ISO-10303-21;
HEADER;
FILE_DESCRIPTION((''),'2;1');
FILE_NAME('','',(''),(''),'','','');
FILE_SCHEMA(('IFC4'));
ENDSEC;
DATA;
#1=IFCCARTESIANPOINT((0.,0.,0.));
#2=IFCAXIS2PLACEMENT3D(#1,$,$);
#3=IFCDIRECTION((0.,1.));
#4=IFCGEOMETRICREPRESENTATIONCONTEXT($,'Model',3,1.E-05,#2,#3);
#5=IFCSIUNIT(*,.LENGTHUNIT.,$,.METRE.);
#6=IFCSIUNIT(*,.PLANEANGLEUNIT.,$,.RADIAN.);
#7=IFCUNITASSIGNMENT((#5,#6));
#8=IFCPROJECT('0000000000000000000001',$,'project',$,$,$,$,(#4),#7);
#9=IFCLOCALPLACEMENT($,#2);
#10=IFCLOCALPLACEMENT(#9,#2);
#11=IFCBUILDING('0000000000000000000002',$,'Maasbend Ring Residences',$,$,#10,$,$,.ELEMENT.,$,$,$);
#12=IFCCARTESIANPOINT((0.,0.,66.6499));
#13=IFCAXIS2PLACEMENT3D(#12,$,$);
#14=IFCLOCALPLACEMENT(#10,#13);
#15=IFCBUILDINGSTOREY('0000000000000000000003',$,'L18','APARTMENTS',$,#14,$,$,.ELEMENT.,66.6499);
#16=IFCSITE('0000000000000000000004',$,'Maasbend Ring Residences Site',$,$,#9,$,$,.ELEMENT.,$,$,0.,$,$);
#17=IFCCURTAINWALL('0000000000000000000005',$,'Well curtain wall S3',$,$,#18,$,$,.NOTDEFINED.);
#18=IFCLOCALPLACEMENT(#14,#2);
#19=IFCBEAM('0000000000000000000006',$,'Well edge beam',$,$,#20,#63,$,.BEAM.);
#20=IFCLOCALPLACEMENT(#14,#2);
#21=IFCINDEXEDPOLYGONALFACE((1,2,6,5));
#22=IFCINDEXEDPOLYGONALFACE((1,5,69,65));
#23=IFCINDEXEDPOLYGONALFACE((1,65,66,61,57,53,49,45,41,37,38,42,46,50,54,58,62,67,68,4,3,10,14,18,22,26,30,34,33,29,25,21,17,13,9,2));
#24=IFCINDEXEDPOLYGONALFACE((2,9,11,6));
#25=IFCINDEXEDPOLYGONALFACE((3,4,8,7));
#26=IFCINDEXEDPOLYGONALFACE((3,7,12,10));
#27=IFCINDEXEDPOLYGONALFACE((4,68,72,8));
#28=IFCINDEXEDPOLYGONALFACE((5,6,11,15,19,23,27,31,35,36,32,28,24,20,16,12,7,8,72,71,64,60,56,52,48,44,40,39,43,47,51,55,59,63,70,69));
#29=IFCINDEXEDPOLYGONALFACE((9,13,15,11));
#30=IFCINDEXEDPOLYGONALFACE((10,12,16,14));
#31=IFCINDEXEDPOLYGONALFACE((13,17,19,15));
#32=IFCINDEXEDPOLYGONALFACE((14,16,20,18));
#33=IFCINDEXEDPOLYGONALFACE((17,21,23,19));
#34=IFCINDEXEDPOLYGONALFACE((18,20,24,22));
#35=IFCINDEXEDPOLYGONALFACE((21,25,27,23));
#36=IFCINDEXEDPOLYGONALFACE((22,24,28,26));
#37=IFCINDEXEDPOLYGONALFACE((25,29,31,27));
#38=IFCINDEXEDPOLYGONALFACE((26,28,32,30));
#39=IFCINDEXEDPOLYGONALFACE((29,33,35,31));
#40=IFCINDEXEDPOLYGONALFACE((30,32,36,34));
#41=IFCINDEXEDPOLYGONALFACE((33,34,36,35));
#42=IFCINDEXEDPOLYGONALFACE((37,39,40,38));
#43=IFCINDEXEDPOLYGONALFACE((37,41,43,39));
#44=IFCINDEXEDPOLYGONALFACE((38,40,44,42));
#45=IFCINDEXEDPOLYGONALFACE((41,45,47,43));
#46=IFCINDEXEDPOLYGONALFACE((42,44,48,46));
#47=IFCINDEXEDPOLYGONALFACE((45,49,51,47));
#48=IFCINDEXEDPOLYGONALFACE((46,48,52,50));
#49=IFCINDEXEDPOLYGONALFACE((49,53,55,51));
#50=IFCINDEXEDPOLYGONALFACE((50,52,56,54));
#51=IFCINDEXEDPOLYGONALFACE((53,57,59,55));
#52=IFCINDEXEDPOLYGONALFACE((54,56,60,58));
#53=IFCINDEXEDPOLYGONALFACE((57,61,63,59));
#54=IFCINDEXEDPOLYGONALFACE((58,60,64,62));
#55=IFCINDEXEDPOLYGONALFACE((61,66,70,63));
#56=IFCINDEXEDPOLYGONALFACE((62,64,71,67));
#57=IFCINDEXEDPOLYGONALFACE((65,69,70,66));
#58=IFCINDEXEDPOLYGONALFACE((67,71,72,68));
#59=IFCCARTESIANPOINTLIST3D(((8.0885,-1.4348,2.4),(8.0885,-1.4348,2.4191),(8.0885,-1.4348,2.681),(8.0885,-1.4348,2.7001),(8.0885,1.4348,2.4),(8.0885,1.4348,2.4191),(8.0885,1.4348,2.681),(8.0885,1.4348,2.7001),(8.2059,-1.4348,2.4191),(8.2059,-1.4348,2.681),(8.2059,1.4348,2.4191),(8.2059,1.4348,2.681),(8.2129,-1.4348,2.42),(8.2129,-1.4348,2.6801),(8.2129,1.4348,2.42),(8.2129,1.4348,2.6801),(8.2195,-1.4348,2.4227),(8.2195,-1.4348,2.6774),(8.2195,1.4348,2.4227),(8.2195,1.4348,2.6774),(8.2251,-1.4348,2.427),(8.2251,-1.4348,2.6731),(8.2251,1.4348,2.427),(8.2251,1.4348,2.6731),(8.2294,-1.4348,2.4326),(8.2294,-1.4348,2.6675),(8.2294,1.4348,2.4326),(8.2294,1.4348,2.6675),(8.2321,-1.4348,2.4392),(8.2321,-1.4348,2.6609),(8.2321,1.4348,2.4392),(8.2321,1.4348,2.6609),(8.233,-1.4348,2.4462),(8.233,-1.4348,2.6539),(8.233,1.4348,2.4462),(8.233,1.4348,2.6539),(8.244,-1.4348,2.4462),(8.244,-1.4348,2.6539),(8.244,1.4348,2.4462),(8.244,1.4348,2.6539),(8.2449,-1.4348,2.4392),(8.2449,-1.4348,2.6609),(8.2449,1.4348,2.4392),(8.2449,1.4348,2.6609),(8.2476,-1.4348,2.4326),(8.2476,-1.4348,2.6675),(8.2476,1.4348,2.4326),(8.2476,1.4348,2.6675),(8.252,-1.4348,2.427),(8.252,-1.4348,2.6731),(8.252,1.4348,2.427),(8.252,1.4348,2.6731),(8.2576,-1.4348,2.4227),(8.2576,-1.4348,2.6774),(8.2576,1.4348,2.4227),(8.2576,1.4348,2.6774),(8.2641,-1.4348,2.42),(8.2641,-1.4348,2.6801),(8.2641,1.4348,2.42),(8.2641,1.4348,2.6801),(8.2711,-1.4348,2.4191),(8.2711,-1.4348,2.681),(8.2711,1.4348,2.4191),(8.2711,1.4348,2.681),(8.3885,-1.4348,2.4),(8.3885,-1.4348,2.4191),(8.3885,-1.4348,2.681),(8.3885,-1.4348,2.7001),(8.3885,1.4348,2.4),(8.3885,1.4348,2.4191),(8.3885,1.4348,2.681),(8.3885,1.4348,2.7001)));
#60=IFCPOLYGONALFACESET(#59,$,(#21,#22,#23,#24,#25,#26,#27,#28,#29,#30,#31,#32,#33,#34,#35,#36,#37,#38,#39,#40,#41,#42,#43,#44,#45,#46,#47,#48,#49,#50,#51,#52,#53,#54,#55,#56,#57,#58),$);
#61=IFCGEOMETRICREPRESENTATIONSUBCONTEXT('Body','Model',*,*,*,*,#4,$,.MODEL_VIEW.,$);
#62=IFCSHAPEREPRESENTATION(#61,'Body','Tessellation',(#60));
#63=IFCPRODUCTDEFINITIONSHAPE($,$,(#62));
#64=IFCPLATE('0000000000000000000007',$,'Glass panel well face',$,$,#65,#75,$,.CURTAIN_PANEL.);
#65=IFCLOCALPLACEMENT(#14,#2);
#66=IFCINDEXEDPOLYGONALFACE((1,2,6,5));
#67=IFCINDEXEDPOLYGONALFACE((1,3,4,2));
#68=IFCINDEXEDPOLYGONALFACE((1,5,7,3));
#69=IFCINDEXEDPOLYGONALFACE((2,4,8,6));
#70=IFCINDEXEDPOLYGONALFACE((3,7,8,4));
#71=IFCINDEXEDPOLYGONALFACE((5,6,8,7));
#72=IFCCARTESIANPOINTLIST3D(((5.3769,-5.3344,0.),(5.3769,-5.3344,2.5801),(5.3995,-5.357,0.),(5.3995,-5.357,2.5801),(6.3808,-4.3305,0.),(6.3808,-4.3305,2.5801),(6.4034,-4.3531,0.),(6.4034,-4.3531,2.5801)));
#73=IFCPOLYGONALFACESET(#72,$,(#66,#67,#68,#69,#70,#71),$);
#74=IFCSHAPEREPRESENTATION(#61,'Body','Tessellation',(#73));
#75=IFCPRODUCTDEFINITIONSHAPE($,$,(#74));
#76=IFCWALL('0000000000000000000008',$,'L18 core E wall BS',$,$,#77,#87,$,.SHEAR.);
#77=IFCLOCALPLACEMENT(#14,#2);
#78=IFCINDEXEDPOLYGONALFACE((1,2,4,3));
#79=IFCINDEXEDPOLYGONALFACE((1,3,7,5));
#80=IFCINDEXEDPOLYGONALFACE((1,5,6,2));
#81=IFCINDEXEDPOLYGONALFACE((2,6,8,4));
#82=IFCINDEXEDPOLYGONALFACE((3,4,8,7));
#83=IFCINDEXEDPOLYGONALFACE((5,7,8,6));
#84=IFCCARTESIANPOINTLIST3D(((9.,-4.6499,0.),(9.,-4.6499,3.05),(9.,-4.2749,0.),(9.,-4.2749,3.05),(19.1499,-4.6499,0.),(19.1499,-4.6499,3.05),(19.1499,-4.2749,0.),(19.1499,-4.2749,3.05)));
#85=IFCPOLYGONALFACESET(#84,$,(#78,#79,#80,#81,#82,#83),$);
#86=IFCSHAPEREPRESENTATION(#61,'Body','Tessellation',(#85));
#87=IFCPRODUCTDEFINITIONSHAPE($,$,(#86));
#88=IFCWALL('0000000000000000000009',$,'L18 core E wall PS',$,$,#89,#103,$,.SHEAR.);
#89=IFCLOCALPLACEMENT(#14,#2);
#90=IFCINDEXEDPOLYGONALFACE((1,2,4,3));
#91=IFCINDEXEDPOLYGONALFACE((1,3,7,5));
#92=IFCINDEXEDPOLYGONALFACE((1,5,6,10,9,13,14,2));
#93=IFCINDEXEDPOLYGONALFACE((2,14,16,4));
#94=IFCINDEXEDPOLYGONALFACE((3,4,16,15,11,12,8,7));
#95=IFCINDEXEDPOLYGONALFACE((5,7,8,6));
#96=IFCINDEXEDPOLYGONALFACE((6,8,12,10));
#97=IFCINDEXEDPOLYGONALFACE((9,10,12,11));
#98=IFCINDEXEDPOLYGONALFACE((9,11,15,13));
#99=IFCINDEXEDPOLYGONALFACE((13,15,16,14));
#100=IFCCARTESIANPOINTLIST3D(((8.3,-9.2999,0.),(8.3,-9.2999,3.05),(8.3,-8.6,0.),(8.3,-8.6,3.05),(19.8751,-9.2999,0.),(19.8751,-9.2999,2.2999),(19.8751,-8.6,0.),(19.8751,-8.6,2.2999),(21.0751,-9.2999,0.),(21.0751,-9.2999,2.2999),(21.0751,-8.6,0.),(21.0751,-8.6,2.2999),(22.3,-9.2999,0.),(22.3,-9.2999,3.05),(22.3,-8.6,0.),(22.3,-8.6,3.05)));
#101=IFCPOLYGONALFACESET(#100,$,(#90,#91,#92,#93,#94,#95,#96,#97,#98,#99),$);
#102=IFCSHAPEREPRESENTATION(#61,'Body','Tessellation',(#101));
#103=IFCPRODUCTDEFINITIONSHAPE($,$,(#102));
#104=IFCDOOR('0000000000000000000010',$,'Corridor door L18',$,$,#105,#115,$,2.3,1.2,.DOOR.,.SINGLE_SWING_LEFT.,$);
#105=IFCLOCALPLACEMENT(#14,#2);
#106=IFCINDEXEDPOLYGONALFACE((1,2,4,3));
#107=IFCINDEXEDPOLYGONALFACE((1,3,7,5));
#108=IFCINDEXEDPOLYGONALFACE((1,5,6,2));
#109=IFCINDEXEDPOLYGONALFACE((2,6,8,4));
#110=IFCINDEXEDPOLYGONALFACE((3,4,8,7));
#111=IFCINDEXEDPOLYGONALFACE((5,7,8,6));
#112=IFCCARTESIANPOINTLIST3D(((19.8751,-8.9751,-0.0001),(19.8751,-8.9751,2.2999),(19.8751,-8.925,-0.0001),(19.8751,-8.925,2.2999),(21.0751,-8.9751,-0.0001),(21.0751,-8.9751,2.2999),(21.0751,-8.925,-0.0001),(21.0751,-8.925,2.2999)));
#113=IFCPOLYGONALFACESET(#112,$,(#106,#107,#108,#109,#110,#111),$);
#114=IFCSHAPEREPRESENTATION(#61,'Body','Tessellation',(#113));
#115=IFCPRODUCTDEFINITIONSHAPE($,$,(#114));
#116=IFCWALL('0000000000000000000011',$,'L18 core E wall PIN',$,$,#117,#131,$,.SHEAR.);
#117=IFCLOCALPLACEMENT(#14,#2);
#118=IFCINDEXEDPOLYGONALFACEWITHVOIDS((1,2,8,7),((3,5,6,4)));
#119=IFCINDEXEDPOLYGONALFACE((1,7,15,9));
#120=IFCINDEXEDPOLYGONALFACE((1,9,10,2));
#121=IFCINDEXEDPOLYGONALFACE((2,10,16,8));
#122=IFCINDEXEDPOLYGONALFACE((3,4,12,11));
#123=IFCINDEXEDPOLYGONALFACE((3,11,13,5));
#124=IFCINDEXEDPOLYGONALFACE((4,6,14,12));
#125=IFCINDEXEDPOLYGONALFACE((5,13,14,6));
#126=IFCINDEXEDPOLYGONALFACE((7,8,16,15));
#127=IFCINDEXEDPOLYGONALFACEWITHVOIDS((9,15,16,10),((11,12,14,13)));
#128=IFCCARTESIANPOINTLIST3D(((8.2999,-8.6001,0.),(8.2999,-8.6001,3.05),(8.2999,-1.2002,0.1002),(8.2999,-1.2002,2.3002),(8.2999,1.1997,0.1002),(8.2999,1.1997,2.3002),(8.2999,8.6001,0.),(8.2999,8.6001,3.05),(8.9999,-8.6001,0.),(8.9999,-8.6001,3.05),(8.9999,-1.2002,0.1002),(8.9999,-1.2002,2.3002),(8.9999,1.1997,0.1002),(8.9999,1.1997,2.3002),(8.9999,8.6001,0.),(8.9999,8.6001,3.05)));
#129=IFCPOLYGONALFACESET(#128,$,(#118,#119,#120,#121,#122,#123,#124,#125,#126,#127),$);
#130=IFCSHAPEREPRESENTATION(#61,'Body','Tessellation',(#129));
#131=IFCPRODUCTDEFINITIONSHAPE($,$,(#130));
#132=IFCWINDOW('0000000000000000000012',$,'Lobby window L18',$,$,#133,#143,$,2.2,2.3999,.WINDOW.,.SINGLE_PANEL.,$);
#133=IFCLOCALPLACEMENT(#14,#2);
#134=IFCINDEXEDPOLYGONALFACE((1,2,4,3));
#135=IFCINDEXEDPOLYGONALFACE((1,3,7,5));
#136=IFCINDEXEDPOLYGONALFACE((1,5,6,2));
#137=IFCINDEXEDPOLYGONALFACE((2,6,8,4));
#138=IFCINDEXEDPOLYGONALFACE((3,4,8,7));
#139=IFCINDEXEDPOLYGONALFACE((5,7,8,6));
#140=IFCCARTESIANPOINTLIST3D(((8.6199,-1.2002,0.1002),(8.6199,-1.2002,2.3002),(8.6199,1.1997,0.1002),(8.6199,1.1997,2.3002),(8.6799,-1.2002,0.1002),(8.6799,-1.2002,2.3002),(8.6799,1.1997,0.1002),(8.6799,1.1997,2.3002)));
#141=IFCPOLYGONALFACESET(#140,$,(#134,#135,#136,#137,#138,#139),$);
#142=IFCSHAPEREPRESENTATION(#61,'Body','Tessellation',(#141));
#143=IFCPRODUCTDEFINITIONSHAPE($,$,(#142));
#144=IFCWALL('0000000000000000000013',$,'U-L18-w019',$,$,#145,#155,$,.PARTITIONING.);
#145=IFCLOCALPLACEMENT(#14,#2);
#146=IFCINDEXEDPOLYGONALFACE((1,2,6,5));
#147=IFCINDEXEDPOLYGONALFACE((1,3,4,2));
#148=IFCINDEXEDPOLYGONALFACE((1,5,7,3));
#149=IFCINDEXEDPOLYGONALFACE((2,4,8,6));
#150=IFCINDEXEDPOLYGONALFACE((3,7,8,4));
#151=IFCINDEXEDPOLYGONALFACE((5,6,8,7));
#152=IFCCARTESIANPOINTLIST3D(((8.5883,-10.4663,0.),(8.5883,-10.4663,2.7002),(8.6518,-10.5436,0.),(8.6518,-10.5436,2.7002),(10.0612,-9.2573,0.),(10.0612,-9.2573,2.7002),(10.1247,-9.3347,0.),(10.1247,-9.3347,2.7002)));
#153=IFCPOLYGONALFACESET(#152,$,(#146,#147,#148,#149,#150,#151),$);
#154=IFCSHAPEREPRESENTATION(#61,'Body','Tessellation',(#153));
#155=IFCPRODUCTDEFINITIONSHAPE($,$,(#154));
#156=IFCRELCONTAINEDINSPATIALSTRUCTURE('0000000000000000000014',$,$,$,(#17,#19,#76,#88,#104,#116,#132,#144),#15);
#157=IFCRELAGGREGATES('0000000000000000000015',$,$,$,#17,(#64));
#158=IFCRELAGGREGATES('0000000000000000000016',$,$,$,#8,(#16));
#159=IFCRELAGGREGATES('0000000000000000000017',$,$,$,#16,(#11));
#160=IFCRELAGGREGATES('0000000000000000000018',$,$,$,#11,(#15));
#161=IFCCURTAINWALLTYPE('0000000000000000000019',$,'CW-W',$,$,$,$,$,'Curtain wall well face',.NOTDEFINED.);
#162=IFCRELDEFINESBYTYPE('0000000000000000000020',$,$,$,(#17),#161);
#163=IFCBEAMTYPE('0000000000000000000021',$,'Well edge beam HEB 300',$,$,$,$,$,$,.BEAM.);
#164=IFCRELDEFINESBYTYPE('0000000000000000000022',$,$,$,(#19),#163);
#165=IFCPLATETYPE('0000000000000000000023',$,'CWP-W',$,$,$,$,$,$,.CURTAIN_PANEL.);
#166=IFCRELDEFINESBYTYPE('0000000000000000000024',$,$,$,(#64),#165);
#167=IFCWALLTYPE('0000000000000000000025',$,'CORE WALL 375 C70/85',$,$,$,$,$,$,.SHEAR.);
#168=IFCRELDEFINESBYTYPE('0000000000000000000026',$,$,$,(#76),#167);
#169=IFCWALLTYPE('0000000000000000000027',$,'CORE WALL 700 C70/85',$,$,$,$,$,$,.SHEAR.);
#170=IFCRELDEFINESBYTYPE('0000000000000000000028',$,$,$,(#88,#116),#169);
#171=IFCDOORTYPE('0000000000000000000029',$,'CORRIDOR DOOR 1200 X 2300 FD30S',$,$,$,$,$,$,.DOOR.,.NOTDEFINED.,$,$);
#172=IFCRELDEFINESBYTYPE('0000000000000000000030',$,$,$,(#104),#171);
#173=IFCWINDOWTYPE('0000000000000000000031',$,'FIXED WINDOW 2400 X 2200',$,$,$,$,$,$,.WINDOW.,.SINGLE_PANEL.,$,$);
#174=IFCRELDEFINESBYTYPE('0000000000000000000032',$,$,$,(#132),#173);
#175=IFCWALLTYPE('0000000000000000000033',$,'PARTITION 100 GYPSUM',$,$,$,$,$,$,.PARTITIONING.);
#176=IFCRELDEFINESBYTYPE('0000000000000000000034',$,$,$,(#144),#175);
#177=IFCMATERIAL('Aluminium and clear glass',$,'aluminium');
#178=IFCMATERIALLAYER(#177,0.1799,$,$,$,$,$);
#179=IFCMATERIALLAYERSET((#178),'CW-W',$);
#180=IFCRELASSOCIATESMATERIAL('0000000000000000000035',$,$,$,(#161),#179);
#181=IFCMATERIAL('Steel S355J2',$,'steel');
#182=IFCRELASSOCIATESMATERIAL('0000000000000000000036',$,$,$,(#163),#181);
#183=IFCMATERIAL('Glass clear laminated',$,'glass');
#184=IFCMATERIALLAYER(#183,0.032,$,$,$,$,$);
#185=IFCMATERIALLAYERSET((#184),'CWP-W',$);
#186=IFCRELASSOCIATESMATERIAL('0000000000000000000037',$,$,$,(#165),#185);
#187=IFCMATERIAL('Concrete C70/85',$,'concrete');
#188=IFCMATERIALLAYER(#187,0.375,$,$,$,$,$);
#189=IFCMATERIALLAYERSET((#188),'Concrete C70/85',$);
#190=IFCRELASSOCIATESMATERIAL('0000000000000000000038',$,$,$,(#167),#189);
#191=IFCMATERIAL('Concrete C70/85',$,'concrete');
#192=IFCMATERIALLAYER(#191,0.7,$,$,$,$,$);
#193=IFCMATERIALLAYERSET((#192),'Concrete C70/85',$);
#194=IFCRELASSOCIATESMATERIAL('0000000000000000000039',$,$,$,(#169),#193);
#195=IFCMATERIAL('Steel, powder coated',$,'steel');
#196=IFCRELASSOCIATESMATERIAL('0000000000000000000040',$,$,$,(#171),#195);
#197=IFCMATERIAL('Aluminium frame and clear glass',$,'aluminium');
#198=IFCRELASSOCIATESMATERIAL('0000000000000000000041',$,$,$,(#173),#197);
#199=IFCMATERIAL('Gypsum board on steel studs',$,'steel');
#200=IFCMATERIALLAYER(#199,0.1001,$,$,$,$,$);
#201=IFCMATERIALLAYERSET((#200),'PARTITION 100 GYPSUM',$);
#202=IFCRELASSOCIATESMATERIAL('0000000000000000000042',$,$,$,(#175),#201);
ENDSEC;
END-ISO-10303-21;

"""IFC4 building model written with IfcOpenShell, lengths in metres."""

from ifc_helpers import new_model, si_unit, direction, frame, frame_2d, origin, origin_2d, place, context, subcontext, project, spatial, rectangle, i_section, extrude, material, layer, layer_set, material_profile, profile_set, type_object, element, fill, aggregate, save


model = new_model("IFC4")

# Units and contexts
model_context = context("Model", 3, precision=1e-05, world=origin(), true_north=direction((0.0, 1.0)))
body_context = subcontext(model_context, "Body", "Model", "MODEL_VIEW")
ifc_project = project(units=[si_unit("LENGTHUNIT", "METRE"), si_unit("PLANEANGLEUNIT", "RADIAN")], contexts=[model_context])

# Site, building, storey
site_placement = place(None, origin())
site = spatial("IfcSite", under=ifc_project, at=site_placement, Name="Maasbend Ring Residences Site", CompositionType="ELEMENT", RefElevation=0.0)
building_placement = place(site_placement, origin())
building = spatial("IfcBuilding", under=site, at=building_placement, Name="Maasbend Ring Residences", CompositionType="ELEMENT")
storey_placement = place(building_placement, frame((0.0, 0.0, 66.6499)))
storey = spatial("IfcBuildingStorey", under=building, at=storey_placement, Name="L18", Description="APARTMENTS", CompositionType="ELEMENT", Elevation=66.6499)

# Curtain wall
ifc_material_1 = material(Name="Aluminium and clear glass", Category="aluminium")
ifc_layer_1 = layer(ifc_material_1, 0.1799)
ifc_layer_set_1 = layer_set([ifc_layer_1], Name="CW-W")
curtain_wall_type = type_object("IfcCurtainWallType", Name="CW-W", ElementType="Curtain wall well face", PredefinedType="NOTDEFINED", material=ifc_layer_set_1)
curtain_wall_placement = place(storey_placement, origin())
curtain_wall = element("IfcCurtainWall", 1, at=curtain_wall_placement, inside=storey, type_object=curtain_wall_type, Name="Well curtain wall S3", PredefinedType="NOTDEFINED")

# Beam
ifc_material_2 = material(Name="Steel S355J2", Category="steel")
ifc_material_profile_1 = material_profile(ifc_material_2, i_section(OverallWidth=0.3, OverallDepth=0.3, WebThickness=0.011, FlangeThickness=0.019, FilletRadius=0.0271, at=origin_2d()), Name="HEB 300")
ifc_profile_set_1 = profile_set([ifc_material_profile_1], Name="Steel S355J2")
beam_type = type_object("IfcBeamType", Name="Well edge beam HEB 300", PredefinedType="BEAM", material=ifc_profile_set_1)
beam_1_placement = place(storey_placement, frame((8.2385, -1.4348, 2.55), z_axis=(0.0, 1.0, 0.0), x_axis=(-1.0, 0.0, 0.0)))
element("IfcBeam", 2, at=beam_1_placement, inside=storey, type_object=beam_type, Name="Well edge beam", PredefinedType="BEAM", context=body_context, shape_type="SweptSolid", body=[
    extrude(i_section(OverallWidth=0.3, OverallDepth=0.3, WebThickness=0.011, FlangeThickness=0.019, FilletRadius=0.0271, at=origin_2d()), origin(), (0.0, 0.0, 1.0), 2.8696),
])

# Plate
ifc_material_3 = material(Name="Glass clear laminated", Category="glass")
ifc_layer_2 = layer(ifc_material_3, 0.032)
ifc_layer_set_2 = layer_set([ifc_layer_2], Name="CWP-W")
plate_type = type_object("IfcPlateType", Name="CWP-W", PredefinedType="CURTAIN_PANEL", material=ifc_layer_set_2)
plate_placement = place(storey_placement, frame((5.8901, -4.8438, 0.0), z_axis=(0.0, 0.0, 1.0), x_axis=(0.707107, 0.707107, 0.0)))
plate = element("IfcPlate", 3, at=plate_placement, type_object=plate_type, Name="Glass panel well face", PredefinedType="CURTAIN_PANEL", context=body_context, shape_type="SweptSolid", body=[
    extrude(rectangle(XDim=1.4197, YDim=0.032, at=origin_2d()), origin(), (0.0, 0.0, 1.0), 2.5801),
])
aggregate(curtain_wall, [plate])

# Wall
ifc_material_4 = material(Name="Concrete C70/85", Category="concrete")
ifc_layer_3 = layer(ifc_material_4, 0.375)
ifc_layer_set_3 = layer_set([ifc_layer_3], Name="Concrete C70/85")
wall_type_1 = type_object("IfcWallType", Name="CORE WALL 375 C70/85", PredefinedType="SHEAR", material=ifc_layer_set_3)
wall_1_placement = place(storey_placement, frame((9.0, -4.4624, 0.0), z_axis=(0.0, 0.0, 1.0), x_axis=(1.0, 0.0, 0.0)))
element("IfcWall", 4, at=wall_1_placement, inside=storey, type_object=wall_type_1, Name="L18 core E wall BS", PredefinedType="SHEAR", context=body_context, shape_type="SweptSolid", body=[
    extrude(rectangle(XDim=10.1499, YDim=0.375, at=frame_2d((5.075, 0.0))), origin(), (0.0, 0.0, 1.0), 3.05),
])

# Wall, opening, door
ifc_material_5 = material(Name="Concrete C70/85", Category="concrete")
ifc_layer_4 = layer(ifc_material_5, 0.7)
ifc_layer_set_4 = layer_set([ifc_layer_4], Name="Concrete C70/85")
wall_type_2 = type_object("IfcWallType", Name="CORE WALL 700 C70/85", PredefinedType="SHEAR", material=ifc_layer_set_4)
wall_2_placement = place(storey_placement, frame((8.3, -8.95, 0.0), z_axis=(0.0, 0.0, 1.0), x_axis=(1.0, 0.0, 0.0)))
wall_2 = element("IfcWall", 5, at=wall_2_placement, inside=storey, type_object=wall_type_2, Name="L18 core E wall PS", PredefinedType="SHEAR", context=body_context, shape_type="SweptSolid", body=[
    extrude(rectangle(XDim=14.0, YDim=0.7, at=frame_2d((7.0, 0.0))), origin(), (0.0, 0.0, 1.0), 3.05),
])
opening_1_placement = place(wall_2_placement, frame((11.575, 0.0, 0.0)))
opening_1 = element("IfcOpeningElement", 6, at=opening_1_placement, cuts=wall_2, PredefinedType="OPENING", context=body_context, shape_type="SweptSolid", body=[
    extrude(rectangle(XDim=1.2, YDim=2.3, at=frame_2d((0.6001, 1.1499))), frame((0.0, 0.3599, 0.0), z_axis=(0.0, -1.0, 0.0), x_axis=(1.0, 0.0, 0.0)), (0.0, 0.0, 1.0), 0.72),
])
ifc_material_6 = material(Name="Steel, powder coated", Category="steel")
door_type_1 = type_object("IfcDoorType", Name="CORRIDOR DOOR 1200 X 2300 FD30S", OperationType="NOTDEFINED", PredefinedType="DOOR", material=ifc_material_6)
door_1_placement = place(opening_1_placement, origin())
door_1 = element("IfcDoor", 7, at=door_1_placement, inside=storey, type_object=door_type_1, Name="Corridor door L18", OperationType="SINGLE_SWING_LEFT", OverallHeight=2.3, OverallWidth=1.2, PredefinedType="DOOR", context=body_context, shape_type="SweptSolid", body=[
    extrude(rectangle(XDim=1.2, YDim=2.3, at=frame_2d((0.6001, 1.1499))), frame((0.0, 0.0249, 0.0), z_axis=(0.0, -1.0, 0.0), x_axis=(1.0, 0.0, 0.0)), (0.0, 0.0, 1.0), 0.05),
])
fill(opening_1, door_1)

# Wall, opening, window
wall_3_placement = place(storey_placement, frame((8.6499, -8.6001, 0.0), z_axis=(0.0, 0.0, 1.0), x_axis=(0.0, 1.0, 0.0)))
wall_3 = element("IfcWall", 8, at=wall_3_placement, inside=storey, type_object=wall_type_2, Name="L18 core E wall PIN", PredefinedType="SHEAR", context=body_context, shape_type="SweptSolid", body=[
    extrude(rectangle(XDim=17.2002, YDim=0.7, at=frame_2d((8.6001, 0.0))), origin(), (0.0, 0.0, 1.0), 3.05),
])
opening_2_placement = place(wall_3_placement, frame((7.3999, 0.0, 0.1001)))
opening_2 = element("IfcOpeningElement", 9, at=opening_2_placement, cuts=wall_3, PredefinedType="OPENING", context=body_context, shape_type="SweptSolid", body=[
    extrude(rectangle(XDim=2.3999, YDim=2.2, at=frame_2d((1.2, 1.1001))), frame((0.0, 0.3599, 0.0), z_axis=(0.0, -1.0, 0.0), x_axis=(1.0, 0.0, 0.0)), (0.0, 0.0, 1.0), 0.72),
])
ifc_material_7 = material(Name="Aluminium frame and clear glass", Category="aluminium")
window_type = type_object("IfcWindowType", Name="FIXED WINDOW 2400 X 2200", PartitioningType="SINGLE_PANEL", PredefinedType="WINDOW", material=ifc_material_7)
window_placement = place(opening_2_placement, origin())
window = element("IfcWindow", 10, at=window_placement, inside=storey, type_object=window_type, Name="Lobby window L18", OverallHeight=2.2, OverallWidth=2.3999, PartitioningType="SINGLE_PANEL", PredefinedType="WINDOW", context=body_context, shape_type="SweptSolid", body=[
    extrude(rectangle(XDim=2.3999, YDim=2.2, at=frame_2d((1.2, 1.1001))), frame((0.0, 0.03, 0.0), z_axis=(0.0, -1.0, 0.0), x_axis=(1.0, 0.0, 0.0)), (0.0, 0.0, 1.0), 0.0601),
])
fill(opening_2, window)

# Wall
ifc_material_8 = material(Name="Gypsum board on steel studs", Category="steel")
ifc_layer_5 = layer(ifc_material_8, 0.1001)
ifc_layer_set_5 = layer_set([ifc_layer_5], Name="PARTITION 100 GYPSUM")
wall_type_3 = type_object("IfcWallType", Name="PARTITION 100 GYPSUM", PredefinedType="PARTITIONING", material=ifc_layer_set_5)
wall_4_placement = place(storey_placement, frame((8.6201, -10.5049, 0.0), z_axis=(0.0, 0.0, 1.0), x_axis=(0.772957, 0.634458, 0.0)))
element("IfcWall", 11, at=wall_4_placement, inside=storey, type_object=wall_type_3, Name="U-L18-w019", PredefinedType="PARTITIONING", context=body_context, shape_type="SweptSolid", body=[
    extrude(rectangle(XDim=1.9055, YDim=0.1001, at=frame_2d((0.9526, 0.0))), origin(), (0.0, 0.0, 1.0), 2.7002),
])

save(model, "model.ifc")
